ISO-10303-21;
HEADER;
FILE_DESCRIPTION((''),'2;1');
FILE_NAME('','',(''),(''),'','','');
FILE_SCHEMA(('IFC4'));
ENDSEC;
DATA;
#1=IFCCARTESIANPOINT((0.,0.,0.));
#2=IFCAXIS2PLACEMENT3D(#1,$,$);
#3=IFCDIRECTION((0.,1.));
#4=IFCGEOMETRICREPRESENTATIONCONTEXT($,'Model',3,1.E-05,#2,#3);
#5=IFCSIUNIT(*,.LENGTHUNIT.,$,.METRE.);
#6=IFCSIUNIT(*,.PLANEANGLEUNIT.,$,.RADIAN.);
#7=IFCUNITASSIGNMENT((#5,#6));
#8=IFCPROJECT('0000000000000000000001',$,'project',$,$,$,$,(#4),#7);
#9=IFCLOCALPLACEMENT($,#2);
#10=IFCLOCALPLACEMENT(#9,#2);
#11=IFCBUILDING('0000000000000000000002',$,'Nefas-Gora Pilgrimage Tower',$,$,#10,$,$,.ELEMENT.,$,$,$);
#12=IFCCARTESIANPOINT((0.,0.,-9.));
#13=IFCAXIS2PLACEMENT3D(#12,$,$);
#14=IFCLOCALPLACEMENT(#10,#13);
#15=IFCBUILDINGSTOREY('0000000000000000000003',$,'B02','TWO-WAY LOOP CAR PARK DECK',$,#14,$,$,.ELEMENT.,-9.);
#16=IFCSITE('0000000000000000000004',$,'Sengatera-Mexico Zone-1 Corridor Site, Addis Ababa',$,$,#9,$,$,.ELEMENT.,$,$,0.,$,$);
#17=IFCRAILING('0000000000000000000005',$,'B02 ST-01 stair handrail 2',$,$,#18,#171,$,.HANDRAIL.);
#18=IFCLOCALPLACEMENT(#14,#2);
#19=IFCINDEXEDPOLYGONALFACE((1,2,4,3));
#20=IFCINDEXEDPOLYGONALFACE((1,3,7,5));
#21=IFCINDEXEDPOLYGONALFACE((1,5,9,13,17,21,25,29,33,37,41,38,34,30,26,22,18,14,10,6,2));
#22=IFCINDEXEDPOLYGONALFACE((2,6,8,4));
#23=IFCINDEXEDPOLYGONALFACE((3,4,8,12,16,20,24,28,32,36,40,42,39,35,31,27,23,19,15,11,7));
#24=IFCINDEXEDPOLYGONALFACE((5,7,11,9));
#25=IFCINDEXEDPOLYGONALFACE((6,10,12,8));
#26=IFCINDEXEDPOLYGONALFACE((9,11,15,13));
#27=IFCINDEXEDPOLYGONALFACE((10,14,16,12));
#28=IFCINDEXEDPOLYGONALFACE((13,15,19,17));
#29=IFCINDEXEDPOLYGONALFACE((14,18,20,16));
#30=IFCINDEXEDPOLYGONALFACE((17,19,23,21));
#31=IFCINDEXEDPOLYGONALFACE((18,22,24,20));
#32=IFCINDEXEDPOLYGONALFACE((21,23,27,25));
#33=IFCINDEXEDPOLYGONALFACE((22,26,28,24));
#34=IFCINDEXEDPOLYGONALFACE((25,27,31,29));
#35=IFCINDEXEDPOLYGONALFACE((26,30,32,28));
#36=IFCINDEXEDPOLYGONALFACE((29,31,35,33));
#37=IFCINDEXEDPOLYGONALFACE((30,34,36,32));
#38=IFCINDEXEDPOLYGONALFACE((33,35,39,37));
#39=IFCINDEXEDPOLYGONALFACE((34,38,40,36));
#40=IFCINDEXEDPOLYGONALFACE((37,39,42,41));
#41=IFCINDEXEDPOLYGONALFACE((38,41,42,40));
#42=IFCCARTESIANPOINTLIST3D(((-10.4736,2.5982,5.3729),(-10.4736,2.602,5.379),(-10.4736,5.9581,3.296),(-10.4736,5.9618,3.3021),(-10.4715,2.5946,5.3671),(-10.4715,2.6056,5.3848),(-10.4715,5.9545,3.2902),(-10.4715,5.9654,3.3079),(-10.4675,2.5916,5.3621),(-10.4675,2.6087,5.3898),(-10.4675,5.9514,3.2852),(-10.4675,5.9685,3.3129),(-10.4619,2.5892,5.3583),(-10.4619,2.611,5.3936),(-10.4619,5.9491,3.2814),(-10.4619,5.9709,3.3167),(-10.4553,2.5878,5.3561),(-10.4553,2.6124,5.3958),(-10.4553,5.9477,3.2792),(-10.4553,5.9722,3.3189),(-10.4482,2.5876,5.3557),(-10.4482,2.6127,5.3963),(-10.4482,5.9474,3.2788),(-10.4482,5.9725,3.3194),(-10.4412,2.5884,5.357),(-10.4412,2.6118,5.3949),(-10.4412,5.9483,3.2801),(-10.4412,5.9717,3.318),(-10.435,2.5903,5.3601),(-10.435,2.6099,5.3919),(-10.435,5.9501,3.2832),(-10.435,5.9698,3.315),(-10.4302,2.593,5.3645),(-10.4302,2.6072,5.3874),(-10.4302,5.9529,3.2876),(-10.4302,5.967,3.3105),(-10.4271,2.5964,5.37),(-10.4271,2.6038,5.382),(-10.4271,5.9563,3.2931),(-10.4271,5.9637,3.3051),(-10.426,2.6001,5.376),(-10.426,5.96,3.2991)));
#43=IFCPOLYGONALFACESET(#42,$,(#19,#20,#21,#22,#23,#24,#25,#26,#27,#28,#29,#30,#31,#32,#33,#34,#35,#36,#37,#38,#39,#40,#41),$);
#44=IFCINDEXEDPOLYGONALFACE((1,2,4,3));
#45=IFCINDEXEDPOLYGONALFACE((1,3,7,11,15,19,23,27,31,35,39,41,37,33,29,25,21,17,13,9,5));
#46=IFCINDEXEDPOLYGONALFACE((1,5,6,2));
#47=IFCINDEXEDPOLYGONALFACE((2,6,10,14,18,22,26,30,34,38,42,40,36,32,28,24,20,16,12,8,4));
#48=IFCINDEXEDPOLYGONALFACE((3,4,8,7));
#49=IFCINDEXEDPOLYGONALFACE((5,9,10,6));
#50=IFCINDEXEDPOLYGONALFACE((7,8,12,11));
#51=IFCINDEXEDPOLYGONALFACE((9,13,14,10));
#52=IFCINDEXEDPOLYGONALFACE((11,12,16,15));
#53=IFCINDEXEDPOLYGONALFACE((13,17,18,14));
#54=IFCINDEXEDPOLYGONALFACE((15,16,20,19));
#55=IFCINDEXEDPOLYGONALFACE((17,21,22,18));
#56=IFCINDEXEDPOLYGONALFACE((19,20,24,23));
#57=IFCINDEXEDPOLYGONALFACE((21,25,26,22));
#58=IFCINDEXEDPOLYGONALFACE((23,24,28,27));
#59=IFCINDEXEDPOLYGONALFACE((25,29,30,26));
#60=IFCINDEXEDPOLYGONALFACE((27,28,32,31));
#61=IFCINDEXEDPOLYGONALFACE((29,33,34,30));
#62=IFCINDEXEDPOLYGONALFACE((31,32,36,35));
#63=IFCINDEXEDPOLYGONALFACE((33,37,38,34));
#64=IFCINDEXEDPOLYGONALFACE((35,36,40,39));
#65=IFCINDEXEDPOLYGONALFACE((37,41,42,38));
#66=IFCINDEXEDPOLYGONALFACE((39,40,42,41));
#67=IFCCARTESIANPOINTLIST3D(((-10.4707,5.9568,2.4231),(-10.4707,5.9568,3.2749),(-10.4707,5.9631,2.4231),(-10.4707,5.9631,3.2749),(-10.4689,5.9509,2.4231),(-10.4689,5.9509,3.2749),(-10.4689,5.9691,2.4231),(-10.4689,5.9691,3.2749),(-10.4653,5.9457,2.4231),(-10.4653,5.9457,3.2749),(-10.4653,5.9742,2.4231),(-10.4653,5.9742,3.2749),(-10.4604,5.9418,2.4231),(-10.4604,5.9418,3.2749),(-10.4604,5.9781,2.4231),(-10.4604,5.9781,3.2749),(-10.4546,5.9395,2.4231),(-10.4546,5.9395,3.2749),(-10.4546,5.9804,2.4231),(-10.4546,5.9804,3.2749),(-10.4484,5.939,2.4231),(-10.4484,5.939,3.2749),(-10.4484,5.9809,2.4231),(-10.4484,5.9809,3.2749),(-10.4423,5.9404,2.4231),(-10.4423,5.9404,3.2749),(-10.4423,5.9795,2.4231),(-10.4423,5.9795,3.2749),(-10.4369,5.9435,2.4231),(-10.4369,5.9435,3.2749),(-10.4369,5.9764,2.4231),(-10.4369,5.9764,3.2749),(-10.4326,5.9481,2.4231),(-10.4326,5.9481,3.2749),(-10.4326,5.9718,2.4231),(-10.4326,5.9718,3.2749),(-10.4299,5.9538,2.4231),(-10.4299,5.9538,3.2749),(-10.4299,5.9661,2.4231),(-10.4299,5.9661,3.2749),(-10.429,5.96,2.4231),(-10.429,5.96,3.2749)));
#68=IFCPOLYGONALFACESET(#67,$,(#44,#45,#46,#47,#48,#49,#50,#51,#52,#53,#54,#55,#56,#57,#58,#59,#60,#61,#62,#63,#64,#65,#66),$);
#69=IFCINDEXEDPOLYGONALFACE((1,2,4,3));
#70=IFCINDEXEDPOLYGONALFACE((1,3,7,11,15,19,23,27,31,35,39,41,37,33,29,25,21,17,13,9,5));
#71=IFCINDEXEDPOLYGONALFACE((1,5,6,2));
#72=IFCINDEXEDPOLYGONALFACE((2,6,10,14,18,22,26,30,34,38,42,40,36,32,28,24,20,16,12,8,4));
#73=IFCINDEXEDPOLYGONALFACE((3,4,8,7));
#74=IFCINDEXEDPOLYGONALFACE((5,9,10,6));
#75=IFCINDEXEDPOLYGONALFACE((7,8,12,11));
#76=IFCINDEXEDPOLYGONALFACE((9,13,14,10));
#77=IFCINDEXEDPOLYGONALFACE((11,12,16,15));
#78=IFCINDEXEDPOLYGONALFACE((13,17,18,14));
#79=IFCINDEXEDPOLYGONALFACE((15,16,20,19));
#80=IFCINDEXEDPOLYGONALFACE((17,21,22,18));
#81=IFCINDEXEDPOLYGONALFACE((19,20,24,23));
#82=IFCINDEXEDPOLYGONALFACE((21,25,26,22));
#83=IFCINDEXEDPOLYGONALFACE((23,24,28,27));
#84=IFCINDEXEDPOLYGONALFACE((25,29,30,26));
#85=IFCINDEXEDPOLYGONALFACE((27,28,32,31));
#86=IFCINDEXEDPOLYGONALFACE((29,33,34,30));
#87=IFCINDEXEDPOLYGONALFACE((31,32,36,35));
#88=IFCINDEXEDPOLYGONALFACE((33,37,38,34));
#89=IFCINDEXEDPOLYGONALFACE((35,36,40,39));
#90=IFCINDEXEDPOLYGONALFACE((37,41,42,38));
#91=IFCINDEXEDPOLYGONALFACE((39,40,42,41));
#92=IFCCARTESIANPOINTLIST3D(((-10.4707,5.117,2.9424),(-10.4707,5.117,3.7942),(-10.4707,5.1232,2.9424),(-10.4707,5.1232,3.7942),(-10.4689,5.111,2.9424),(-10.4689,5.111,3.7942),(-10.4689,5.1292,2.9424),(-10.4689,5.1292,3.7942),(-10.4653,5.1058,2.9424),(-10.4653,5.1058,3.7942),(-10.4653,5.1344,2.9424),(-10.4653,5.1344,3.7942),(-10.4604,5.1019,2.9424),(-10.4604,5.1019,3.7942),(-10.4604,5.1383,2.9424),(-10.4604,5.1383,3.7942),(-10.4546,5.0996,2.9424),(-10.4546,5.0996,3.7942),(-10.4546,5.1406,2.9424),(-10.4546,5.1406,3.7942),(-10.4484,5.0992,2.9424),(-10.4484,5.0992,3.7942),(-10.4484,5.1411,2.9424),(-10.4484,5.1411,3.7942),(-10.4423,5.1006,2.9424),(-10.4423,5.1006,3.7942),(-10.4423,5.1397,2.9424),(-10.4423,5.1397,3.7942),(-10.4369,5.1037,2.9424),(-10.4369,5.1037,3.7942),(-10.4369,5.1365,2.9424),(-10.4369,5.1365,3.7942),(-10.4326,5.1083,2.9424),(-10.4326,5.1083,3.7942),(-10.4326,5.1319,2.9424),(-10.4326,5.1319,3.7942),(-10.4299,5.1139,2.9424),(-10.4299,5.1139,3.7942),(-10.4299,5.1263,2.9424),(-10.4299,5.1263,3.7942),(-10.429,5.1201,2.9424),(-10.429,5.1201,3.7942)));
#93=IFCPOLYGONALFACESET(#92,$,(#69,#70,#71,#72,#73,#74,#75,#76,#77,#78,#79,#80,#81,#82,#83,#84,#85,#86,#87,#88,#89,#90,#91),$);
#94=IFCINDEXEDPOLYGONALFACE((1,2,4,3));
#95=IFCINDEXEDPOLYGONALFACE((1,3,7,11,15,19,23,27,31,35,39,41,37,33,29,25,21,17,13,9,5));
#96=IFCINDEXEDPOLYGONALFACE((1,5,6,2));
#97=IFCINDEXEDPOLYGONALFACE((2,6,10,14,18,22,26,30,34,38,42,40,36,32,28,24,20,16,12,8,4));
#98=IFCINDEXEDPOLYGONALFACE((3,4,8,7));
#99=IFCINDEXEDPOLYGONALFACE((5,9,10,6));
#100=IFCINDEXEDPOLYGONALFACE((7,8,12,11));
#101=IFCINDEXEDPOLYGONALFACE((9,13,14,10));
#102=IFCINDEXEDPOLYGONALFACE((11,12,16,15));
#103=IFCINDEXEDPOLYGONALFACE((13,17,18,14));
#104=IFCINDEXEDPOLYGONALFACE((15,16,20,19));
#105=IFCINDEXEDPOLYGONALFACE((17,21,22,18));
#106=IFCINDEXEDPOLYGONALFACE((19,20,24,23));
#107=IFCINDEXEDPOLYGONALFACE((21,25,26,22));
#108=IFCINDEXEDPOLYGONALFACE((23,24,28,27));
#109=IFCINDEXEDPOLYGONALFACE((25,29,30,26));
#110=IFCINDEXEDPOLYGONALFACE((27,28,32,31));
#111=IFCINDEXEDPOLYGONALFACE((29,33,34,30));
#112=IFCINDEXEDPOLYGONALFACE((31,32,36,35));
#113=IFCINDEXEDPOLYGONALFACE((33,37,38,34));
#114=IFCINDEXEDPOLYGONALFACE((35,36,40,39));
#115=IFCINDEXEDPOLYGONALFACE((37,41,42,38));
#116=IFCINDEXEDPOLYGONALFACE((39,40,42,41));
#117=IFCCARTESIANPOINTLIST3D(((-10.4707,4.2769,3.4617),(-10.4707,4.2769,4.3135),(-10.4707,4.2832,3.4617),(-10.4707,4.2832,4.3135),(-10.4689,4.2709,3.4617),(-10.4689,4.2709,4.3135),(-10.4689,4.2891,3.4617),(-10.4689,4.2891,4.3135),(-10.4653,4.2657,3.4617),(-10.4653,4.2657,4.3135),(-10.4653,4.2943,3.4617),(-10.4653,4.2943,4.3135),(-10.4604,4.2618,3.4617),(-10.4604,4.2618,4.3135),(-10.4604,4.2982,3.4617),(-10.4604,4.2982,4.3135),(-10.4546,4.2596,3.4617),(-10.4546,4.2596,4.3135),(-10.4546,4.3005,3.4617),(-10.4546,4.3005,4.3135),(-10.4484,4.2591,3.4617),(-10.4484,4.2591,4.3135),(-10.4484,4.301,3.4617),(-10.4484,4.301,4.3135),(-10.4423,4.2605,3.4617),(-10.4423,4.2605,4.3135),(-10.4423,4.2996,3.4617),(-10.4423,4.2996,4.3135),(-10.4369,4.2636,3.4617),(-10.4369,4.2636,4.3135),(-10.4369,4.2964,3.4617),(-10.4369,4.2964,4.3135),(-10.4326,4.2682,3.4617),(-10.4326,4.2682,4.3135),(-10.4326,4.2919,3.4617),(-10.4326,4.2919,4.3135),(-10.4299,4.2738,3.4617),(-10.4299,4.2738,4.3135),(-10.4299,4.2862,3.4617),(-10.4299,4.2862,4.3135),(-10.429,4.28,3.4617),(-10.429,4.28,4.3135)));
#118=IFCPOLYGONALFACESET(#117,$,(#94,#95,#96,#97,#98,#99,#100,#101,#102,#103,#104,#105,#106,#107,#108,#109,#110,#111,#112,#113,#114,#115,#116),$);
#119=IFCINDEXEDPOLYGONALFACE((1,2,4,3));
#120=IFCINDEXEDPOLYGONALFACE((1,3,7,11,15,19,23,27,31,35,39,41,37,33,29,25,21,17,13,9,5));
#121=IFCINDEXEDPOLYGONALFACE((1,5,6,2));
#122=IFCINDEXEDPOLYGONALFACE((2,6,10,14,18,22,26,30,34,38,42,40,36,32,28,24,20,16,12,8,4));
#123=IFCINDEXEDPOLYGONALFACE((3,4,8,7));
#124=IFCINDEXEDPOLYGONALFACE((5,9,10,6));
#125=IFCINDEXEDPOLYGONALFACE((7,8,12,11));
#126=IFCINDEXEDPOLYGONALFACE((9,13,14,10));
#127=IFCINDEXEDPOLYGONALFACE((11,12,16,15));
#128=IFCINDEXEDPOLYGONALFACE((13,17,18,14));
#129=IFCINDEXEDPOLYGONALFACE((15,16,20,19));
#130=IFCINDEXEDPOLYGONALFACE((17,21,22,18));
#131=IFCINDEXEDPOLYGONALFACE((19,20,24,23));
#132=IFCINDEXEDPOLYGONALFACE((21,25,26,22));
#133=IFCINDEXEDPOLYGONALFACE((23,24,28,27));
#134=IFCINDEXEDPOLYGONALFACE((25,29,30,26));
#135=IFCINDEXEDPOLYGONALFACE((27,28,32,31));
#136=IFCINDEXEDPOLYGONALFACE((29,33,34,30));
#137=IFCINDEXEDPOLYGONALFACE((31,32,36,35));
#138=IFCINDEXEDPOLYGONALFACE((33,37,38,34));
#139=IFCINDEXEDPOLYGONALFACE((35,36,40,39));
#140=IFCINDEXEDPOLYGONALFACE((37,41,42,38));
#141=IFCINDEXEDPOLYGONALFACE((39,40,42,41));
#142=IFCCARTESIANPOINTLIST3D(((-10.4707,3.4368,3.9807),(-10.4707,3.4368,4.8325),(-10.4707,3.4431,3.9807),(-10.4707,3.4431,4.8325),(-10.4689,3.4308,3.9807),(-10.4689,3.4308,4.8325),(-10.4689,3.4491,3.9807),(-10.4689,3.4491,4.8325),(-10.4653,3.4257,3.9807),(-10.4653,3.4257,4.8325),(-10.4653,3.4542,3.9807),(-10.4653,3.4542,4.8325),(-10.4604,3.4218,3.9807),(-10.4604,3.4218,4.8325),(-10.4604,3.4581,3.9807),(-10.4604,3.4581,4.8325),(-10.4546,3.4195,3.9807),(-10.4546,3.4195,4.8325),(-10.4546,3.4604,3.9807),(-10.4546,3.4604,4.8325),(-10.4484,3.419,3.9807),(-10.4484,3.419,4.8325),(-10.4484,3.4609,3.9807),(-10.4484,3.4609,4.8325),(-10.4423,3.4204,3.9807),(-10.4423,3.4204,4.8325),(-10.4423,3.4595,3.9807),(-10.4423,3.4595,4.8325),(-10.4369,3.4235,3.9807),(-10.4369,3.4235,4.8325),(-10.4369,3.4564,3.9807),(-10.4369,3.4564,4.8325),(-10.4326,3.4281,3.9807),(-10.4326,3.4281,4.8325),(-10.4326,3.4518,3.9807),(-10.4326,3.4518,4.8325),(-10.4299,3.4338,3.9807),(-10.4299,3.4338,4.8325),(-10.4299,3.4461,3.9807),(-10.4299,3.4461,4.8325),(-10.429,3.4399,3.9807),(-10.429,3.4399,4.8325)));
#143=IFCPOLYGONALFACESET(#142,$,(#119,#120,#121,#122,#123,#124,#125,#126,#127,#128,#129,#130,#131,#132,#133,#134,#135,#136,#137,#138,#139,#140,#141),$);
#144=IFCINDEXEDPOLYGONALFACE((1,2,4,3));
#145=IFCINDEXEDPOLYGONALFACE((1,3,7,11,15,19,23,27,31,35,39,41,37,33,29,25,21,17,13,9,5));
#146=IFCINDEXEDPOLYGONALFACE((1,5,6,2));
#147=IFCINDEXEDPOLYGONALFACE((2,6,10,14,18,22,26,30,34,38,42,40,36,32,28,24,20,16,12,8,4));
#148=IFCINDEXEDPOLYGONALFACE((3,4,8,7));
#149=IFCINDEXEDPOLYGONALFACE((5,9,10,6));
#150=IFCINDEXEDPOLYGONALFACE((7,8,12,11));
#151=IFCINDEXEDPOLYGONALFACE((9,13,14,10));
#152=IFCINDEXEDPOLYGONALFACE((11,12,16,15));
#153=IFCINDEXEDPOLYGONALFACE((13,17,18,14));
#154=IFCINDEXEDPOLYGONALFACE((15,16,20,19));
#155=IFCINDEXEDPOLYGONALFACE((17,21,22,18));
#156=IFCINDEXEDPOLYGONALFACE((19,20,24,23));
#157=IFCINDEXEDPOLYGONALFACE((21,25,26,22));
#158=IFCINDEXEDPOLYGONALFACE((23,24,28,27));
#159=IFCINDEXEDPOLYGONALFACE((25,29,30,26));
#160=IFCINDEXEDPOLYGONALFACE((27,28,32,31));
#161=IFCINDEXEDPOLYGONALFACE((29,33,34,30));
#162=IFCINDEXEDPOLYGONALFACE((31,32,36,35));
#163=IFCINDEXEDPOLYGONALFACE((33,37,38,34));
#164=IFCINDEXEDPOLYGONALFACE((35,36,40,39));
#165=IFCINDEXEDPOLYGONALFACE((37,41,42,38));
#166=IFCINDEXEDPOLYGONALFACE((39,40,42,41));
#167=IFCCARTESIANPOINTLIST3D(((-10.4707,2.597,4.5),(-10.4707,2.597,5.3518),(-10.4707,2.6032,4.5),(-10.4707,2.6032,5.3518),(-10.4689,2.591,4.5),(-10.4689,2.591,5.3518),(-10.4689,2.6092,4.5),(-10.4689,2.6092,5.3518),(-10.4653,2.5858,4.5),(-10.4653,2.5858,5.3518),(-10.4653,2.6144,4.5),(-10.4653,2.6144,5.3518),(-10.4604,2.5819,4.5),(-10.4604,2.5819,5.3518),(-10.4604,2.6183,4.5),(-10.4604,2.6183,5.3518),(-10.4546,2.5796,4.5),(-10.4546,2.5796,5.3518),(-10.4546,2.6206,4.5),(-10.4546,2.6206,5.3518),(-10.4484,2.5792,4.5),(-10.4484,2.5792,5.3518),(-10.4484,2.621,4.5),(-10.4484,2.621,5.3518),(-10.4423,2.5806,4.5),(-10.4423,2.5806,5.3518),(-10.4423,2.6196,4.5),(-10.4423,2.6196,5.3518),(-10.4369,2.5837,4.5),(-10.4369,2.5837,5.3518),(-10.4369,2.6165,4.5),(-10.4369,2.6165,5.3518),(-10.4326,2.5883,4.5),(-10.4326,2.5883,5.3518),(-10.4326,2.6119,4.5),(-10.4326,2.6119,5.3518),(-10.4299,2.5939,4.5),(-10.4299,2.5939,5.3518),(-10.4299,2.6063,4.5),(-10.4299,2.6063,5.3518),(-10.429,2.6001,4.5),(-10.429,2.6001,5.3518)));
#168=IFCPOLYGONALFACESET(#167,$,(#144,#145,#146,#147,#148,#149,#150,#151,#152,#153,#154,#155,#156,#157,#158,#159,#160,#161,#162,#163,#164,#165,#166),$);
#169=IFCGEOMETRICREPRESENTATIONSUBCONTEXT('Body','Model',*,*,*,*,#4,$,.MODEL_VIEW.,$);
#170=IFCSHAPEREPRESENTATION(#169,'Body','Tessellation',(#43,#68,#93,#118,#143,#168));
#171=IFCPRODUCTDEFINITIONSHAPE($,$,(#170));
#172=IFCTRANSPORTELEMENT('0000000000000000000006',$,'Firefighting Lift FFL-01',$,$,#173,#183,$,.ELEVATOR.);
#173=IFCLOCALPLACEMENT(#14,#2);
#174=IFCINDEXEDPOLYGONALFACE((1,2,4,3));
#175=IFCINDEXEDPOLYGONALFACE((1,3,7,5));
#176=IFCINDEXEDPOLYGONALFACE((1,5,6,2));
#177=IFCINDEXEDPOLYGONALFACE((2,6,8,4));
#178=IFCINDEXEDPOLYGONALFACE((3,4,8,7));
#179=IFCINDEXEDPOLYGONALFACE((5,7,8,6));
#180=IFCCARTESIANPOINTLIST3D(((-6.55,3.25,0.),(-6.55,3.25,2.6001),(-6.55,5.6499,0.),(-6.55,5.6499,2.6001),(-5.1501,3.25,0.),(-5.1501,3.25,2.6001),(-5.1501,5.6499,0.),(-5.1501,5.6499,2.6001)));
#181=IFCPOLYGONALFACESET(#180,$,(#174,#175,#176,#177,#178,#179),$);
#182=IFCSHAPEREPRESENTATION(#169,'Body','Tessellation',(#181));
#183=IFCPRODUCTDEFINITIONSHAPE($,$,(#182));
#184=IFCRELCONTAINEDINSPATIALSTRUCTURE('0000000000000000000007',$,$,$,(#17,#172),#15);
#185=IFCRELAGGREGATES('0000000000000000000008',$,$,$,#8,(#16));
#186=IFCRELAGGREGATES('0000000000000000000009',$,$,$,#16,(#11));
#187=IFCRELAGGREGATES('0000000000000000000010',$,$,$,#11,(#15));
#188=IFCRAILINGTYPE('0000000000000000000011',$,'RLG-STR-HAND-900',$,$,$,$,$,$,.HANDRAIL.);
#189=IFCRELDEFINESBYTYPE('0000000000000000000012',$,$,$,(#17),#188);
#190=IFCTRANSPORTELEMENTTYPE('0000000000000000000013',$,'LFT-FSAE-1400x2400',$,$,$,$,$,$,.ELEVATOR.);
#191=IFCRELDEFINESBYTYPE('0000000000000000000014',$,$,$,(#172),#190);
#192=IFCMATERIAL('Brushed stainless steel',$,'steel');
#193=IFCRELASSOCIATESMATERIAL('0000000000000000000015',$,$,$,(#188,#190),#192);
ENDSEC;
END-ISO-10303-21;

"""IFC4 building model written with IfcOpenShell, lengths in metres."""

from ifc_helpers import new_model, si_unit, direction, frame, origin, origin_2d, place, context, subcontext, project, spatial, rectangle, circle, extrude, source, transform, mapped, material, type_object, element, save


model = new_model("IFC4")

# Units and contexts
model_context = context("Model", 3, precision=1e-05, world=origin(), true_north=direction((0.0, 1.0)))
body_context = subcontext(model_context, "Body", "Model", "MODEL_VIEW")
ifc_project = project(units=[si_unit("LENGTHUNIT", "METRE"), si_unit("PLANEANGLEUNIT", "RADIAN")], contexts=[model_context])

# Site, building, storey
site_placement = place(None, origin())
site = spatial("IfcSite", under=ifc_project, at=site_placement, Name="Sengatera-Mexico Zone-1 Corridor Site, Addis Ababa", CompositionType="ELEMENT", RefElevation=0.0)
building_placement = place(site_placement, origin())
building = spatial("IfcBuilding", under=site, at=building_placement, Name="Nefas-Gora Pilgrimage Tower", CompositionType="ELEMENT")
storey_placement = place(building_placement, frame((0.0, 0.0, -9.0)))
storey = spatial("IfcBuildingStorey", under=building, at=storey_placement, Name="B02", Description="TWO-WAY LOOP CAR PARK DECK", CompositionType="ELEMENT", Elevation=-9.0)

# Railing
ifc_material_1 = material(Name="Brushed stainless steel", Category="steel")
railing_type_1 = type_object("IfcRailingType", Name="RLG-STR-HAND-900", PredefinedType="HANDRAIL", material=ifc_material_1)
railing_1_placement = place(storey_placement, frame((-10.45, 5.96, 2.4231)))
element("IfcRailing", 1, at=railing_1_placement, inside=storey, type_object=railing_type_1, Name="B02 ST-01 stair handrail 2", PredefinedType="HANDRAIL", context=body_context, shape_type="SweptSolid", body=[
    extrude(circle(Radius=0.0239, at=origin_2d()), frame((0.0, 0.0, 0.876), z_axis=(0.0, -0.850606, 0.525803), x_axis=(1.0, 0.0, 0.0)), (0.0, 0.0, 1.0), 3.95),
    extrude(circle(Radius=0.021, at=origin_2d()), origin(), (0.0, 0.0, 1.0), 0.8518),
    extrude(circle(Radius=0.021, at=origin_2d()), frame((0.0, -0.8398, 0.5193)), (0.0, 0.0, 1.0), 0.8518),
    extrude(circle(Radius=0.021, at=origin_2d()), frame((0.0, -1.6799, 1.0386)), (0.0, 0.0, 1.0), 0.8518),
    extrude(circle(Radius=0.021, at=origin_2d()), frame((0.0, -2.52, 1.5576)), (0.0, 0.0, 1.0), 0.8518),
    extrude(circle(Radius=0.021, at=origin_2d()), frame((0.0, -3.3599, 2.0769)), (0.0, 0.0, 1.0), 0.8518),
])

# Transport element
transport_element_type = type_object("IfcTransportElementType", Name="LFT-FSAE-1400x2400", PredefinedType="ELEVATOR", material=ifc_material_1)
shared_shape_1 = source(origin(), body_context, "Body", "SweptSolid", [
    extrude(rectangle(XDim=1.3999, YDim=2.3999, at=origin_2d()), origin(), (0.0, 0.0, 1.0), 2.6001),
])
transport_element_placement = place(storey_placement, frame((-5.8501, 4.45, 0.0), z_axis=(0.0, 0.0, 1.0), x_axis=(1.0, 0.0, 0.0)))
element("IfcTransportElement", 2, at=transport_element_placement, inside=storey, type_object=transport_element_type, Name="Firefighting Lift FFL-01", PredefinedType="ELEVATOR", context=body_context, shape_type="MappedRepresentation", body=[
    mapped(shared_shape_1, transform((0.0, 0.0, 0.0), x_axis=(1.0, 0.0, 0.0), y_axis=(0.0, 1.0, 0.0), z_axis=(0.0, 0.0, 1.0), scale=1.0)),
])

save(model, "model.ifc")
